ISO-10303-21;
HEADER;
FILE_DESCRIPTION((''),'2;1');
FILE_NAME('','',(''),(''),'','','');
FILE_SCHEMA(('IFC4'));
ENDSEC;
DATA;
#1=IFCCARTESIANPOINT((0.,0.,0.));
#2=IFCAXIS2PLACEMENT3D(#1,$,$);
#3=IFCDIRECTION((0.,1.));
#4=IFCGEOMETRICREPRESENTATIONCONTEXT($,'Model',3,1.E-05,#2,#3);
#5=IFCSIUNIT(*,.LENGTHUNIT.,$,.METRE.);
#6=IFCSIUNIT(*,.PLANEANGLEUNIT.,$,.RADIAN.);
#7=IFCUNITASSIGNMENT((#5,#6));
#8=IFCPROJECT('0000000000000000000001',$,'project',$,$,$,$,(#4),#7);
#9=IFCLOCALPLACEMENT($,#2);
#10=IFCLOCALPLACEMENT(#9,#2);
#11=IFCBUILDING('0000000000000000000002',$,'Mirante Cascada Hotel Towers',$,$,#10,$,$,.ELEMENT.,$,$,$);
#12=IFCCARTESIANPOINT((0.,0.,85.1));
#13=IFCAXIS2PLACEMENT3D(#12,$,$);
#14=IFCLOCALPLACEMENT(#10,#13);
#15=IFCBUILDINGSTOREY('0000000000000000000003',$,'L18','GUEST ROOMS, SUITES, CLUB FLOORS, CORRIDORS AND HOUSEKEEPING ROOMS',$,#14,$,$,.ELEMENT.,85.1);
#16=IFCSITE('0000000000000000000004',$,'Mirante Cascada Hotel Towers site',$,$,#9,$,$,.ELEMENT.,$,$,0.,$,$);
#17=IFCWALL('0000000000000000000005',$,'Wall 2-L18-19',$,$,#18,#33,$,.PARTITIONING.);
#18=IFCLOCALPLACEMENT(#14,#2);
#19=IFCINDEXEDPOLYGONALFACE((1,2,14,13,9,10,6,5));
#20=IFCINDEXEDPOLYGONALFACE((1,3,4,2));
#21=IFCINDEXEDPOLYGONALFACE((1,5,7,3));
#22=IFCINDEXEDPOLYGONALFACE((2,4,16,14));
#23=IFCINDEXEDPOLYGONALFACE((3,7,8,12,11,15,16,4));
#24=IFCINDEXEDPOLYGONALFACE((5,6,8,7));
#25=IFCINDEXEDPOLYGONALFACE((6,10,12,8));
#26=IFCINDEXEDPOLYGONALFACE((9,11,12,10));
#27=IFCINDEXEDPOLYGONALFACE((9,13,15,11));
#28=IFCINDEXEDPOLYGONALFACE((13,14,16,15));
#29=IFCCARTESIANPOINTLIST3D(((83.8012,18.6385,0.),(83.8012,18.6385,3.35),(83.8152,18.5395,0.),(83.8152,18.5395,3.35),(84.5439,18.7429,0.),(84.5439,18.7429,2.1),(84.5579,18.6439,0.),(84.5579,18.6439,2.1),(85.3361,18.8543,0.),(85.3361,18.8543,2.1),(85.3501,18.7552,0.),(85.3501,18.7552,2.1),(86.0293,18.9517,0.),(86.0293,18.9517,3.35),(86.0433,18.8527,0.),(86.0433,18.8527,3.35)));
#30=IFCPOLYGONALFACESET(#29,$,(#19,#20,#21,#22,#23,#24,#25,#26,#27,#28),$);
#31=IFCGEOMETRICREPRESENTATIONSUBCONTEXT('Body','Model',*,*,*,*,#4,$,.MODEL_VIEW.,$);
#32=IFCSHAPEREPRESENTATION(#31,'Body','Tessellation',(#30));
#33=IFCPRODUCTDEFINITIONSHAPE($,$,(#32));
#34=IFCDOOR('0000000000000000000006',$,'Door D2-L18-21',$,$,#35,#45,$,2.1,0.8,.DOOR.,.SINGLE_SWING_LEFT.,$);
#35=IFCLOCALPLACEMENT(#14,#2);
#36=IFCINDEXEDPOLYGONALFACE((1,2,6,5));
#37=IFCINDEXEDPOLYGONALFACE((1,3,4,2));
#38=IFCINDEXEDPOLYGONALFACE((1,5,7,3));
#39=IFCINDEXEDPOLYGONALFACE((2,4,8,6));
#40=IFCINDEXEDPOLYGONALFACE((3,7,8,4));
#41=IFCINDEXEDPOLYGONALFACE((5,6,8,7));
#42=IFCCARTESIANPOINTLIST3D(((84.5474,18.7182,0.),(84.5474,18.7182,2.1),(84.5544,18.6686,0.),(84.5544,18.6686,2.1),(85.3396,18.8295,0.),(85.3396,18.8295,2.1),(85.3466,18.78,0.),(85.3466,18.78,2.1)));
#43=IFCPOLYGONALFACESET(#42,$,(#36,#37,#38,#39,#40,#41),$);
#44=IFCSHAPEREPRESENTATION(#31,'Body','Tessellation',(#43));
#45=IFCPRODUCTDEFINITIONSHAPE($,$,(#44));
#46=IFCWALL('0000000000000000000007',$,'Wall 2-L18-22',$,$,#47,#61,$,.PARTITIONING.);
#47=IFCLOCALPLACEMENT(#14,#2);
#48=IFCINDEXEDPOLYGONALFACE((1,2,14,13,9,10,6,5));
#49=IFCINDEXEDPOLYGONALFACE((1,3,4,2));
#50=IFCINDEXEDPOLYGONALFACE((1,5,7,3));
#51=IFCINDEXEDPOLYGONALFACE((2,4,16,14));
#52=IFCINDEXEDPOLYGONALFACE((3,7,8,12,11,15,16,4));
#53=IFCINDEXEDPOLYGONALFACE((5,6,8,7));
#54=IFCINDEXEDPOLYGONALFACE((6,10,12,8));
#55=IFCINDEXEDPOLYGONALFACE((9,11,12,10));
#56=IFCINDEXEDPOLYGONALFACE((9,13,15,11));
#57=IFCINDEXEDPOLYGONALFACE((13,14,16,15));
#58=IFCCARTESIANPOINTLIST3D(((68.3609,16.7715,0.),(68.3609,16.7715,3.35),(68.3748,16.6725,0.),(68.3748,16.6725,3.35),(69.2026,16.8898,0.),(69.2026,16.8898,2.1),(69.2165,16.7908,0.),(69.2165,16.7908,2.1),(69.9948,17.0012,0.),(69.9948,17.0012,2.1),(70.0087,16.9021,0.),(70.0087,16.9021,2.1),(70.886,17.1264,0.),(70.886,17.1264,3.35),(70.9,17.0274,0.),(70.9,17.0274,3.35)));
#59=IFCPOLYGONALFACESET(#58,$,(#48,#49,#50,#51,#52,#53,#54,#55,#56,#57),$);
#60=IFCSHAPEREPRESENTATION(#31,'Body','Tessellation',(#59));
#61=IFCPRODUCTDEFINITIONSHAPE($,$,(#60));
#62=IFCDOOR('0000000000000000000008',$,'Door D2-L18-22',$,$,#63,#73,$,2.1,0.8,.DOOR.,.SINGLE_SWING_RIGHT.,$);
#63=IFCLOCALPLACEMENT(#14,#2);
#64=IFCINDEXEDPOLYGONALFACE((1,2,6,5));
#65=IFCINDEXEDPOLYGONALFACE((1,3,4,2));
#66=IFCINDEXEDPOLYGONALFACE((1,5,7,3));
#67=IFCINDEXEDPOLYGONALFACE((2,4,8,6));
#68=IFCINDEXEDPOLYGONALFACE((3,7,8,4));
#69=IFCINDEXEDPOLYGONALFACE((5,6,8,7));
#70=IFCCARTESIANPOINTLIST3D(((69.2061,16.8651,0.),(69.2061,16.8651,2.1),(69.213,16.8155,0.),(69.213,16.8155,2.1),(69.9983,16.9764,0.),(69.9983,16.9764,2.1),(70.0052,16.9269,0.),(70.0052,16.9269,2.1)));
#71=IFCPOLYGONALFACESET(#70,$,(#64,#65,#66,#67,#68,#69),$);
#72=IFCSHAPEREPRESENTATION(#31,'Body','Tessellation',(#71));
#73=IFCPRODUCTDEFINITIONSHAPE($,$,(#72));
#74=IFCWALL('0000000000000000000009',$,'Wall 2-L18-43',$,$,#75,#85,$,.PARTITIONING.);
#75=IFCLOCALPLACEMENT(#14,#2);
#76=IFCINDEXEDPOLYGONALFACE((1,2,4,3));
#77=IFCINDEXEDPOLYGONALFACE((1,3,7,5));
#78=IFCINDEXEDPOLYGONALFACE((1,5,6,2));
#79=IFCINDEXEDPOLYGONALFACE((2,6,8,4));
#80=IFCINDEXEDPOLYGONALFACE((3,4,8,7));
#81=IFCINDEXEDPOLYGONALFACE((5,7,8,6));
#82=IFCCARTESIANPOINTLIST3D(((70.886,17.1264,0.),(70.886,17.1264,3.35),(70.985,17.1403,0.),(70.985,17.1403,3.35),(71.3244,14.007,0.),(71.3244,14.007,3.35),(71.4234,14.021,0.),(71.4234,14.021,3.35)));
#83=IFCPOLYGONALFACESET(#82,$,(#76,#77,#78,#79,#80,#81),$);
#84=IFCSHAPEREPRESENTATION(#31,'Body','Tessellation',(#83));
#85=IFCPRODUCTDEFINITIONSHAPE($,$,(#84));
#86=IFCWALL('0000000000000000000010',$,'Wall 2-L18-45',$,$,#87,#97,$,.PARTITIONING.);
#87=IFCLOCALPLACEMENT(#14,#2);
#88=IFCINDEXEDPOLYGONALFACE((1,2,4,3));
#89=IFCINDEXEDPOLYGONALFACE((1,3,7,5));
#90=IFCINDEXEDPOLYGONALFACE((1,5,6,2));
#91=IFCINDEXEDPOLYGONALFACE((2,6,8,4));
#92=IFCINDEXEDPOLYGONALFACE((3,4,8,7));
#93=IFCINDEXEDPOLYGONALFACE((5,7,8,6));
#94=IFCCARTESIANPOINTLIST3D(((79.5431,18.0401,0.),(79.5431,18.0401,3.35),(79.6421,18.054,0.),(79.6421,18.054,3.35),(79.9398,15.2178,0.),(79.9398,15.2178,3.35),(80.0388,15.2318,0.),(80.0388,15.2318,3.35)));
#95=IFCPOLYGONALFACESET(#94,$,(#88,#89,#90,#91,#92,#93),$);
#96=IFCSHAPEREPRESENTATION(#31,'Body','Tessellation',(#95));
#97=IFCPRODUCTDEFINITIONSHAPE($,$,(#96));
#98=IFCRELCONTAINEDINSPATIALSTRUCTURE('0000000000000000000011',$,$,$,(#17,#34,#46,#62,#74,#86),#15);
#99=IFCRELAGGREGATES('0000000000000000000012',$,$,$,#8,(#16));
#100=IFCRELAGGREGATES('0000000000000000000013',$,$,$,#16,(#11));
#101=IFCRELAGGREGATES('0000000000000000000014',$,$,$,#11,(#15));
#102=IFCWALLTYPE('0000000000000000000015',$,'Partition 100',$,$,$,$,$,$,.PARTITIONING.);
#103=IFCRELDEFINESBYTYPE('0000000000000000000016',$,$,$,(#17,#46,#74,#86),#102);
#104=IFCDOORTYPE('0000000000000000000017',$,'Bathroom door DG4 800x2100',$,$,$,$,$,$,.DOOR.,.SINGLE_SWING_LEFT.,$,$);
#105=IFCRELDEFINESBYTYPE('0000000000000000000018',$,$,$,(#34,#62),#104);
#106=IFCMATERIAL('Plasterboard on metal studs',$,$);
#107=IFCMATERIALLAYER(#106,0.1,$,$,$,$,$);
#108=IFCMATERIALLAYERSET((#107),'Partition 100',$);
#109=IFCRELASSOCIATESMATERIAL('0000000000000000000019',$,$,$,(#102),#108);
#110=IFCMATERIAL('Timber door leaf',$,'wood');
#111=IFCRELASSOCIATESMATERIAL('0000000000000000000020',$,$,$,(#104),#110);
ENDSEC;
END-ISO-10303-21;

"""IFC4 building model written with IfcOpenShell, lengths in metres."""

from ifc_helpers import new_model, si_unit, direction, frame, frame_2d, origin, place, context, subcontext, project, spatial, rectangle, extrude, material, layer, layer_set, type_object, element, fill, save


model = new_model("IFC4")

# Units and contexts
model_context = context("Model", 3, precision=1e-05, world=origin(), true_north=direction((0.0, 1.0)))
body_context = subcontext(model_context, "Body", "Model", "MODEL_VIEW")
ifc_project = project(units=[si_unit("LENGTHUNIT", "METRE"), si_unit("PLANEANGLEUNIT", "RADIAN")], contexts=[model_context])

# Site, building, storey
site_placement = place(None, origin())
site = spatial("IfcSite", under=ifc_project, at=site_placement, Name="Mirante Cascada Hotel Towers site", CompositionType="ELEMENT", RefElevation=0.0)
building_placement = place(site_placement, origin())
building = spatial("IfcBuilding", under=site, at=building_placement, Name="Mirante Cascada Hotel Towers", CompositionType="ELEMENT")
storey_placement = place(building_placement, frame((0.0, 0.0, 85.1)))
storey = spatial("IfcBuildingStorey", under=building, at=storey_placement, Name="L18", Description="GUEST ROOMS, SUITES, CLUB FLOORS, CORRIDORS AND HOUSEKEEPING ROOMS", CompositionType="ELEMENT", Elevation=85.1)

# Walls, openings, doors
ifc_material_1 = material(Name="Plasterboard on metal studs")
ifc_layer_1 = layer(ifc_material_1, 0.1)
ifc_layer_set_1 = layer_set([ifc_layer_1], Name="Partition 100")
wall_type_1 = type_object("IfcWallType", Name="Partition 100", PredefinedType="PARTITIONING", material=ifc_layer_set_1)
ifc_material_2 = material(Name="Timber door leaf", Category="wood")
door_type = type_object("IfcDoorType", Name="Bathroom door DG4 800x2100", OperationType="SINGLE_SWING_LEFT", PredefinedType="DOOR", material=ifc_material_2)
wall_1_placement = place(storey_placement, frame((83.8082, 18.589, 0.0), z_axis=(0.0, 0.0, 1.0), x_axis=(0.990264, 0.1392, 0.0)))
wall_1 = element("IfcWall", 1, at=wall_1_placement, inside=storey, type_object=wall_type_1, Name="Wall 2-L18-19", PredefinedType="PARTITIONING", context=body_context, shape_type="SweptSolid", body=[
    extrude(rectangle(XDim=2.25, YDim=0.1, at=frame_2d((1.125, 0.0))), origin(), (0.0, 0.0, 1.0), 3.35),
])
opening_1_placement = place(wall_1_placement, frame((0.75, 0.0, 0.0)))
opening_1 = element("IfcOpeningElement", 2, at=opening_1_placement, cuts=wall_1, PredefinedType="OPENING", context=body_context, shape_type="SweptSolid", body=[
    extrude(rectangle(XDim=0.8, YDim=2.1, at=frame_2d((0.4, 1.05))), frame((0.0, 0.05, 0.0), z_axis=(0.0, -1.0, 0.0), x_axis=(1.0, 0.0, 0.0)), (0.0, 0.0, 1.0), 0.1),
])
door_1_placement = place(opening_1_placement, origin())
door_1 = element("IfcDoor", 3, at=door_1_placement, inside=storey, type_object=door_type, Name="Door D2-L18-21", OperationType="SINGLE_SWING_LEFT", OverallHeight=2.1, OverallWidth=0.8, PredefinedType="DOOR", context=body_context, shape_type="SweptSolid", body=[
    extrude(rectangle(XDim=0.8, YDim=2.1, at=frame_2d((0.4, 1.05))), frame((0.0, 0.025, 0.0), z_axis=(0.0, -1.0, 0.0), x_axis=(1.0, 0.0, 0.0)), (0.0, 0.0, 1.0), 0.05),
])
fill(opening_1, door_1)
wall_2_placement = place(storey_placement, frame((70.893, 17.0769, 0.0), z_axis=(0.0, 0.0, 1.0), x_axis=(-0.990268, -0.139176, 0.0)))
wall_2 = element("IfcWall", 4, at=wall_2_placement, inside=storey, type_object=wall_type_1, Name="Wall 2-L18-22", PredefinedType="PARTITIONING", context=body_context, shape_type="SweptSolid", body=[
    extrude(rectangle(XDim=2.55, YDim=0.1, at=frame_2d((1.275, 0.0))), origin(), (0.0, 0.0, 1.0), 3.35),
])
opening_2_placement = place(wall_2_placement, frame((0.9, 0.0, 0.0)))
opening_2 = element("IfcOpeningElement", 5, at=opening_2_placement, cuts=wall_2, PredefinedType="OPENING", context=body_context, shape_type="SweptSolid", body=[
    extrude(rectangle(XDim=0.8, YDim=2.1, at=frame_2d((0.4, 1.05))), frame((0.0, 0.05, 0.0), z_axis=(0.0, -1.0, 0.0), x_axis=(1.0, 0.0, 0.0)), (0.0, 0.0, 1.0), 0.1),
])
door_2_placement = place(opening_2_placement, frame((0.8, 0.0, 0.0), z_axis=(0.0, 0.0, 1.0), x_axis=(-1.0, 0.0, 0.0)))
door_2 = element("IfcDoor", 6, at=door_2_placement, inside=storey, type_object=door_type, Name="Door D2-L18-22", OperationType="SINGLE_SWING_RIGHT", OverallHeight=2.1, OverallWidth=0.8, PredefinedType="DOOR", context=body_context, shape_type="SweptSolid", body=[
    extrude(rectangle(XDim=0.8, YDim=2.1, at=frame_2d((0.4, 1.05))), frame((0.0, 0.025, 0.0), z_axis=(0.0, -1.0, 0.0), x_axis=(1.0, 0.0, 0.0)), (0.0, 0.0, 1.0), 0.05),
])
fill(opening_2, door_2)

# Walls
wall_3_placement = place(storey_placement, frame((71.3739, 14.014, 0.0), z_axis=(0.0, 0.0, 1.0), x_axis=(-0.139177, 0.990268, 0.0)))
element("IfcWall", 7, at=wall_3_placement, inside=storey, type_object=wall_type_1, Name="Wall 2-L18-43", PredefinedType="PARTITIONING", context=body_context, shape_type="SweptSolid", body=[
    extrude(rectangle(XDim=3.15, YDim=0.1, at=frame_2d((1.575, 0.0))), origin(), (0.0, 0.0, 1.0), 3.35),
])
wall_4_placement = place(storey_placement, frame((79.9893, 15.2248, 0.0), z_axis=(0.0, 0.0, 1.0), x_axis=(-0.139191, 0.990266, 0.0)))
element("IfcWall", 8, at=wall_4_placement, inside=storey, type_object=wall_type_1, Name="Wall 2-L18-45", PredefinedType="PARTITIONING", context=body_context, shape_type="SweptSolid", body=[
    extrude(rectangle(XDim=2.85, YDim=0.1, at=frame_2d((1.425, 0.0))), origin(), (0.0, 0.0, 1.0), 3.35),
])

save(model, "model.ifc")
